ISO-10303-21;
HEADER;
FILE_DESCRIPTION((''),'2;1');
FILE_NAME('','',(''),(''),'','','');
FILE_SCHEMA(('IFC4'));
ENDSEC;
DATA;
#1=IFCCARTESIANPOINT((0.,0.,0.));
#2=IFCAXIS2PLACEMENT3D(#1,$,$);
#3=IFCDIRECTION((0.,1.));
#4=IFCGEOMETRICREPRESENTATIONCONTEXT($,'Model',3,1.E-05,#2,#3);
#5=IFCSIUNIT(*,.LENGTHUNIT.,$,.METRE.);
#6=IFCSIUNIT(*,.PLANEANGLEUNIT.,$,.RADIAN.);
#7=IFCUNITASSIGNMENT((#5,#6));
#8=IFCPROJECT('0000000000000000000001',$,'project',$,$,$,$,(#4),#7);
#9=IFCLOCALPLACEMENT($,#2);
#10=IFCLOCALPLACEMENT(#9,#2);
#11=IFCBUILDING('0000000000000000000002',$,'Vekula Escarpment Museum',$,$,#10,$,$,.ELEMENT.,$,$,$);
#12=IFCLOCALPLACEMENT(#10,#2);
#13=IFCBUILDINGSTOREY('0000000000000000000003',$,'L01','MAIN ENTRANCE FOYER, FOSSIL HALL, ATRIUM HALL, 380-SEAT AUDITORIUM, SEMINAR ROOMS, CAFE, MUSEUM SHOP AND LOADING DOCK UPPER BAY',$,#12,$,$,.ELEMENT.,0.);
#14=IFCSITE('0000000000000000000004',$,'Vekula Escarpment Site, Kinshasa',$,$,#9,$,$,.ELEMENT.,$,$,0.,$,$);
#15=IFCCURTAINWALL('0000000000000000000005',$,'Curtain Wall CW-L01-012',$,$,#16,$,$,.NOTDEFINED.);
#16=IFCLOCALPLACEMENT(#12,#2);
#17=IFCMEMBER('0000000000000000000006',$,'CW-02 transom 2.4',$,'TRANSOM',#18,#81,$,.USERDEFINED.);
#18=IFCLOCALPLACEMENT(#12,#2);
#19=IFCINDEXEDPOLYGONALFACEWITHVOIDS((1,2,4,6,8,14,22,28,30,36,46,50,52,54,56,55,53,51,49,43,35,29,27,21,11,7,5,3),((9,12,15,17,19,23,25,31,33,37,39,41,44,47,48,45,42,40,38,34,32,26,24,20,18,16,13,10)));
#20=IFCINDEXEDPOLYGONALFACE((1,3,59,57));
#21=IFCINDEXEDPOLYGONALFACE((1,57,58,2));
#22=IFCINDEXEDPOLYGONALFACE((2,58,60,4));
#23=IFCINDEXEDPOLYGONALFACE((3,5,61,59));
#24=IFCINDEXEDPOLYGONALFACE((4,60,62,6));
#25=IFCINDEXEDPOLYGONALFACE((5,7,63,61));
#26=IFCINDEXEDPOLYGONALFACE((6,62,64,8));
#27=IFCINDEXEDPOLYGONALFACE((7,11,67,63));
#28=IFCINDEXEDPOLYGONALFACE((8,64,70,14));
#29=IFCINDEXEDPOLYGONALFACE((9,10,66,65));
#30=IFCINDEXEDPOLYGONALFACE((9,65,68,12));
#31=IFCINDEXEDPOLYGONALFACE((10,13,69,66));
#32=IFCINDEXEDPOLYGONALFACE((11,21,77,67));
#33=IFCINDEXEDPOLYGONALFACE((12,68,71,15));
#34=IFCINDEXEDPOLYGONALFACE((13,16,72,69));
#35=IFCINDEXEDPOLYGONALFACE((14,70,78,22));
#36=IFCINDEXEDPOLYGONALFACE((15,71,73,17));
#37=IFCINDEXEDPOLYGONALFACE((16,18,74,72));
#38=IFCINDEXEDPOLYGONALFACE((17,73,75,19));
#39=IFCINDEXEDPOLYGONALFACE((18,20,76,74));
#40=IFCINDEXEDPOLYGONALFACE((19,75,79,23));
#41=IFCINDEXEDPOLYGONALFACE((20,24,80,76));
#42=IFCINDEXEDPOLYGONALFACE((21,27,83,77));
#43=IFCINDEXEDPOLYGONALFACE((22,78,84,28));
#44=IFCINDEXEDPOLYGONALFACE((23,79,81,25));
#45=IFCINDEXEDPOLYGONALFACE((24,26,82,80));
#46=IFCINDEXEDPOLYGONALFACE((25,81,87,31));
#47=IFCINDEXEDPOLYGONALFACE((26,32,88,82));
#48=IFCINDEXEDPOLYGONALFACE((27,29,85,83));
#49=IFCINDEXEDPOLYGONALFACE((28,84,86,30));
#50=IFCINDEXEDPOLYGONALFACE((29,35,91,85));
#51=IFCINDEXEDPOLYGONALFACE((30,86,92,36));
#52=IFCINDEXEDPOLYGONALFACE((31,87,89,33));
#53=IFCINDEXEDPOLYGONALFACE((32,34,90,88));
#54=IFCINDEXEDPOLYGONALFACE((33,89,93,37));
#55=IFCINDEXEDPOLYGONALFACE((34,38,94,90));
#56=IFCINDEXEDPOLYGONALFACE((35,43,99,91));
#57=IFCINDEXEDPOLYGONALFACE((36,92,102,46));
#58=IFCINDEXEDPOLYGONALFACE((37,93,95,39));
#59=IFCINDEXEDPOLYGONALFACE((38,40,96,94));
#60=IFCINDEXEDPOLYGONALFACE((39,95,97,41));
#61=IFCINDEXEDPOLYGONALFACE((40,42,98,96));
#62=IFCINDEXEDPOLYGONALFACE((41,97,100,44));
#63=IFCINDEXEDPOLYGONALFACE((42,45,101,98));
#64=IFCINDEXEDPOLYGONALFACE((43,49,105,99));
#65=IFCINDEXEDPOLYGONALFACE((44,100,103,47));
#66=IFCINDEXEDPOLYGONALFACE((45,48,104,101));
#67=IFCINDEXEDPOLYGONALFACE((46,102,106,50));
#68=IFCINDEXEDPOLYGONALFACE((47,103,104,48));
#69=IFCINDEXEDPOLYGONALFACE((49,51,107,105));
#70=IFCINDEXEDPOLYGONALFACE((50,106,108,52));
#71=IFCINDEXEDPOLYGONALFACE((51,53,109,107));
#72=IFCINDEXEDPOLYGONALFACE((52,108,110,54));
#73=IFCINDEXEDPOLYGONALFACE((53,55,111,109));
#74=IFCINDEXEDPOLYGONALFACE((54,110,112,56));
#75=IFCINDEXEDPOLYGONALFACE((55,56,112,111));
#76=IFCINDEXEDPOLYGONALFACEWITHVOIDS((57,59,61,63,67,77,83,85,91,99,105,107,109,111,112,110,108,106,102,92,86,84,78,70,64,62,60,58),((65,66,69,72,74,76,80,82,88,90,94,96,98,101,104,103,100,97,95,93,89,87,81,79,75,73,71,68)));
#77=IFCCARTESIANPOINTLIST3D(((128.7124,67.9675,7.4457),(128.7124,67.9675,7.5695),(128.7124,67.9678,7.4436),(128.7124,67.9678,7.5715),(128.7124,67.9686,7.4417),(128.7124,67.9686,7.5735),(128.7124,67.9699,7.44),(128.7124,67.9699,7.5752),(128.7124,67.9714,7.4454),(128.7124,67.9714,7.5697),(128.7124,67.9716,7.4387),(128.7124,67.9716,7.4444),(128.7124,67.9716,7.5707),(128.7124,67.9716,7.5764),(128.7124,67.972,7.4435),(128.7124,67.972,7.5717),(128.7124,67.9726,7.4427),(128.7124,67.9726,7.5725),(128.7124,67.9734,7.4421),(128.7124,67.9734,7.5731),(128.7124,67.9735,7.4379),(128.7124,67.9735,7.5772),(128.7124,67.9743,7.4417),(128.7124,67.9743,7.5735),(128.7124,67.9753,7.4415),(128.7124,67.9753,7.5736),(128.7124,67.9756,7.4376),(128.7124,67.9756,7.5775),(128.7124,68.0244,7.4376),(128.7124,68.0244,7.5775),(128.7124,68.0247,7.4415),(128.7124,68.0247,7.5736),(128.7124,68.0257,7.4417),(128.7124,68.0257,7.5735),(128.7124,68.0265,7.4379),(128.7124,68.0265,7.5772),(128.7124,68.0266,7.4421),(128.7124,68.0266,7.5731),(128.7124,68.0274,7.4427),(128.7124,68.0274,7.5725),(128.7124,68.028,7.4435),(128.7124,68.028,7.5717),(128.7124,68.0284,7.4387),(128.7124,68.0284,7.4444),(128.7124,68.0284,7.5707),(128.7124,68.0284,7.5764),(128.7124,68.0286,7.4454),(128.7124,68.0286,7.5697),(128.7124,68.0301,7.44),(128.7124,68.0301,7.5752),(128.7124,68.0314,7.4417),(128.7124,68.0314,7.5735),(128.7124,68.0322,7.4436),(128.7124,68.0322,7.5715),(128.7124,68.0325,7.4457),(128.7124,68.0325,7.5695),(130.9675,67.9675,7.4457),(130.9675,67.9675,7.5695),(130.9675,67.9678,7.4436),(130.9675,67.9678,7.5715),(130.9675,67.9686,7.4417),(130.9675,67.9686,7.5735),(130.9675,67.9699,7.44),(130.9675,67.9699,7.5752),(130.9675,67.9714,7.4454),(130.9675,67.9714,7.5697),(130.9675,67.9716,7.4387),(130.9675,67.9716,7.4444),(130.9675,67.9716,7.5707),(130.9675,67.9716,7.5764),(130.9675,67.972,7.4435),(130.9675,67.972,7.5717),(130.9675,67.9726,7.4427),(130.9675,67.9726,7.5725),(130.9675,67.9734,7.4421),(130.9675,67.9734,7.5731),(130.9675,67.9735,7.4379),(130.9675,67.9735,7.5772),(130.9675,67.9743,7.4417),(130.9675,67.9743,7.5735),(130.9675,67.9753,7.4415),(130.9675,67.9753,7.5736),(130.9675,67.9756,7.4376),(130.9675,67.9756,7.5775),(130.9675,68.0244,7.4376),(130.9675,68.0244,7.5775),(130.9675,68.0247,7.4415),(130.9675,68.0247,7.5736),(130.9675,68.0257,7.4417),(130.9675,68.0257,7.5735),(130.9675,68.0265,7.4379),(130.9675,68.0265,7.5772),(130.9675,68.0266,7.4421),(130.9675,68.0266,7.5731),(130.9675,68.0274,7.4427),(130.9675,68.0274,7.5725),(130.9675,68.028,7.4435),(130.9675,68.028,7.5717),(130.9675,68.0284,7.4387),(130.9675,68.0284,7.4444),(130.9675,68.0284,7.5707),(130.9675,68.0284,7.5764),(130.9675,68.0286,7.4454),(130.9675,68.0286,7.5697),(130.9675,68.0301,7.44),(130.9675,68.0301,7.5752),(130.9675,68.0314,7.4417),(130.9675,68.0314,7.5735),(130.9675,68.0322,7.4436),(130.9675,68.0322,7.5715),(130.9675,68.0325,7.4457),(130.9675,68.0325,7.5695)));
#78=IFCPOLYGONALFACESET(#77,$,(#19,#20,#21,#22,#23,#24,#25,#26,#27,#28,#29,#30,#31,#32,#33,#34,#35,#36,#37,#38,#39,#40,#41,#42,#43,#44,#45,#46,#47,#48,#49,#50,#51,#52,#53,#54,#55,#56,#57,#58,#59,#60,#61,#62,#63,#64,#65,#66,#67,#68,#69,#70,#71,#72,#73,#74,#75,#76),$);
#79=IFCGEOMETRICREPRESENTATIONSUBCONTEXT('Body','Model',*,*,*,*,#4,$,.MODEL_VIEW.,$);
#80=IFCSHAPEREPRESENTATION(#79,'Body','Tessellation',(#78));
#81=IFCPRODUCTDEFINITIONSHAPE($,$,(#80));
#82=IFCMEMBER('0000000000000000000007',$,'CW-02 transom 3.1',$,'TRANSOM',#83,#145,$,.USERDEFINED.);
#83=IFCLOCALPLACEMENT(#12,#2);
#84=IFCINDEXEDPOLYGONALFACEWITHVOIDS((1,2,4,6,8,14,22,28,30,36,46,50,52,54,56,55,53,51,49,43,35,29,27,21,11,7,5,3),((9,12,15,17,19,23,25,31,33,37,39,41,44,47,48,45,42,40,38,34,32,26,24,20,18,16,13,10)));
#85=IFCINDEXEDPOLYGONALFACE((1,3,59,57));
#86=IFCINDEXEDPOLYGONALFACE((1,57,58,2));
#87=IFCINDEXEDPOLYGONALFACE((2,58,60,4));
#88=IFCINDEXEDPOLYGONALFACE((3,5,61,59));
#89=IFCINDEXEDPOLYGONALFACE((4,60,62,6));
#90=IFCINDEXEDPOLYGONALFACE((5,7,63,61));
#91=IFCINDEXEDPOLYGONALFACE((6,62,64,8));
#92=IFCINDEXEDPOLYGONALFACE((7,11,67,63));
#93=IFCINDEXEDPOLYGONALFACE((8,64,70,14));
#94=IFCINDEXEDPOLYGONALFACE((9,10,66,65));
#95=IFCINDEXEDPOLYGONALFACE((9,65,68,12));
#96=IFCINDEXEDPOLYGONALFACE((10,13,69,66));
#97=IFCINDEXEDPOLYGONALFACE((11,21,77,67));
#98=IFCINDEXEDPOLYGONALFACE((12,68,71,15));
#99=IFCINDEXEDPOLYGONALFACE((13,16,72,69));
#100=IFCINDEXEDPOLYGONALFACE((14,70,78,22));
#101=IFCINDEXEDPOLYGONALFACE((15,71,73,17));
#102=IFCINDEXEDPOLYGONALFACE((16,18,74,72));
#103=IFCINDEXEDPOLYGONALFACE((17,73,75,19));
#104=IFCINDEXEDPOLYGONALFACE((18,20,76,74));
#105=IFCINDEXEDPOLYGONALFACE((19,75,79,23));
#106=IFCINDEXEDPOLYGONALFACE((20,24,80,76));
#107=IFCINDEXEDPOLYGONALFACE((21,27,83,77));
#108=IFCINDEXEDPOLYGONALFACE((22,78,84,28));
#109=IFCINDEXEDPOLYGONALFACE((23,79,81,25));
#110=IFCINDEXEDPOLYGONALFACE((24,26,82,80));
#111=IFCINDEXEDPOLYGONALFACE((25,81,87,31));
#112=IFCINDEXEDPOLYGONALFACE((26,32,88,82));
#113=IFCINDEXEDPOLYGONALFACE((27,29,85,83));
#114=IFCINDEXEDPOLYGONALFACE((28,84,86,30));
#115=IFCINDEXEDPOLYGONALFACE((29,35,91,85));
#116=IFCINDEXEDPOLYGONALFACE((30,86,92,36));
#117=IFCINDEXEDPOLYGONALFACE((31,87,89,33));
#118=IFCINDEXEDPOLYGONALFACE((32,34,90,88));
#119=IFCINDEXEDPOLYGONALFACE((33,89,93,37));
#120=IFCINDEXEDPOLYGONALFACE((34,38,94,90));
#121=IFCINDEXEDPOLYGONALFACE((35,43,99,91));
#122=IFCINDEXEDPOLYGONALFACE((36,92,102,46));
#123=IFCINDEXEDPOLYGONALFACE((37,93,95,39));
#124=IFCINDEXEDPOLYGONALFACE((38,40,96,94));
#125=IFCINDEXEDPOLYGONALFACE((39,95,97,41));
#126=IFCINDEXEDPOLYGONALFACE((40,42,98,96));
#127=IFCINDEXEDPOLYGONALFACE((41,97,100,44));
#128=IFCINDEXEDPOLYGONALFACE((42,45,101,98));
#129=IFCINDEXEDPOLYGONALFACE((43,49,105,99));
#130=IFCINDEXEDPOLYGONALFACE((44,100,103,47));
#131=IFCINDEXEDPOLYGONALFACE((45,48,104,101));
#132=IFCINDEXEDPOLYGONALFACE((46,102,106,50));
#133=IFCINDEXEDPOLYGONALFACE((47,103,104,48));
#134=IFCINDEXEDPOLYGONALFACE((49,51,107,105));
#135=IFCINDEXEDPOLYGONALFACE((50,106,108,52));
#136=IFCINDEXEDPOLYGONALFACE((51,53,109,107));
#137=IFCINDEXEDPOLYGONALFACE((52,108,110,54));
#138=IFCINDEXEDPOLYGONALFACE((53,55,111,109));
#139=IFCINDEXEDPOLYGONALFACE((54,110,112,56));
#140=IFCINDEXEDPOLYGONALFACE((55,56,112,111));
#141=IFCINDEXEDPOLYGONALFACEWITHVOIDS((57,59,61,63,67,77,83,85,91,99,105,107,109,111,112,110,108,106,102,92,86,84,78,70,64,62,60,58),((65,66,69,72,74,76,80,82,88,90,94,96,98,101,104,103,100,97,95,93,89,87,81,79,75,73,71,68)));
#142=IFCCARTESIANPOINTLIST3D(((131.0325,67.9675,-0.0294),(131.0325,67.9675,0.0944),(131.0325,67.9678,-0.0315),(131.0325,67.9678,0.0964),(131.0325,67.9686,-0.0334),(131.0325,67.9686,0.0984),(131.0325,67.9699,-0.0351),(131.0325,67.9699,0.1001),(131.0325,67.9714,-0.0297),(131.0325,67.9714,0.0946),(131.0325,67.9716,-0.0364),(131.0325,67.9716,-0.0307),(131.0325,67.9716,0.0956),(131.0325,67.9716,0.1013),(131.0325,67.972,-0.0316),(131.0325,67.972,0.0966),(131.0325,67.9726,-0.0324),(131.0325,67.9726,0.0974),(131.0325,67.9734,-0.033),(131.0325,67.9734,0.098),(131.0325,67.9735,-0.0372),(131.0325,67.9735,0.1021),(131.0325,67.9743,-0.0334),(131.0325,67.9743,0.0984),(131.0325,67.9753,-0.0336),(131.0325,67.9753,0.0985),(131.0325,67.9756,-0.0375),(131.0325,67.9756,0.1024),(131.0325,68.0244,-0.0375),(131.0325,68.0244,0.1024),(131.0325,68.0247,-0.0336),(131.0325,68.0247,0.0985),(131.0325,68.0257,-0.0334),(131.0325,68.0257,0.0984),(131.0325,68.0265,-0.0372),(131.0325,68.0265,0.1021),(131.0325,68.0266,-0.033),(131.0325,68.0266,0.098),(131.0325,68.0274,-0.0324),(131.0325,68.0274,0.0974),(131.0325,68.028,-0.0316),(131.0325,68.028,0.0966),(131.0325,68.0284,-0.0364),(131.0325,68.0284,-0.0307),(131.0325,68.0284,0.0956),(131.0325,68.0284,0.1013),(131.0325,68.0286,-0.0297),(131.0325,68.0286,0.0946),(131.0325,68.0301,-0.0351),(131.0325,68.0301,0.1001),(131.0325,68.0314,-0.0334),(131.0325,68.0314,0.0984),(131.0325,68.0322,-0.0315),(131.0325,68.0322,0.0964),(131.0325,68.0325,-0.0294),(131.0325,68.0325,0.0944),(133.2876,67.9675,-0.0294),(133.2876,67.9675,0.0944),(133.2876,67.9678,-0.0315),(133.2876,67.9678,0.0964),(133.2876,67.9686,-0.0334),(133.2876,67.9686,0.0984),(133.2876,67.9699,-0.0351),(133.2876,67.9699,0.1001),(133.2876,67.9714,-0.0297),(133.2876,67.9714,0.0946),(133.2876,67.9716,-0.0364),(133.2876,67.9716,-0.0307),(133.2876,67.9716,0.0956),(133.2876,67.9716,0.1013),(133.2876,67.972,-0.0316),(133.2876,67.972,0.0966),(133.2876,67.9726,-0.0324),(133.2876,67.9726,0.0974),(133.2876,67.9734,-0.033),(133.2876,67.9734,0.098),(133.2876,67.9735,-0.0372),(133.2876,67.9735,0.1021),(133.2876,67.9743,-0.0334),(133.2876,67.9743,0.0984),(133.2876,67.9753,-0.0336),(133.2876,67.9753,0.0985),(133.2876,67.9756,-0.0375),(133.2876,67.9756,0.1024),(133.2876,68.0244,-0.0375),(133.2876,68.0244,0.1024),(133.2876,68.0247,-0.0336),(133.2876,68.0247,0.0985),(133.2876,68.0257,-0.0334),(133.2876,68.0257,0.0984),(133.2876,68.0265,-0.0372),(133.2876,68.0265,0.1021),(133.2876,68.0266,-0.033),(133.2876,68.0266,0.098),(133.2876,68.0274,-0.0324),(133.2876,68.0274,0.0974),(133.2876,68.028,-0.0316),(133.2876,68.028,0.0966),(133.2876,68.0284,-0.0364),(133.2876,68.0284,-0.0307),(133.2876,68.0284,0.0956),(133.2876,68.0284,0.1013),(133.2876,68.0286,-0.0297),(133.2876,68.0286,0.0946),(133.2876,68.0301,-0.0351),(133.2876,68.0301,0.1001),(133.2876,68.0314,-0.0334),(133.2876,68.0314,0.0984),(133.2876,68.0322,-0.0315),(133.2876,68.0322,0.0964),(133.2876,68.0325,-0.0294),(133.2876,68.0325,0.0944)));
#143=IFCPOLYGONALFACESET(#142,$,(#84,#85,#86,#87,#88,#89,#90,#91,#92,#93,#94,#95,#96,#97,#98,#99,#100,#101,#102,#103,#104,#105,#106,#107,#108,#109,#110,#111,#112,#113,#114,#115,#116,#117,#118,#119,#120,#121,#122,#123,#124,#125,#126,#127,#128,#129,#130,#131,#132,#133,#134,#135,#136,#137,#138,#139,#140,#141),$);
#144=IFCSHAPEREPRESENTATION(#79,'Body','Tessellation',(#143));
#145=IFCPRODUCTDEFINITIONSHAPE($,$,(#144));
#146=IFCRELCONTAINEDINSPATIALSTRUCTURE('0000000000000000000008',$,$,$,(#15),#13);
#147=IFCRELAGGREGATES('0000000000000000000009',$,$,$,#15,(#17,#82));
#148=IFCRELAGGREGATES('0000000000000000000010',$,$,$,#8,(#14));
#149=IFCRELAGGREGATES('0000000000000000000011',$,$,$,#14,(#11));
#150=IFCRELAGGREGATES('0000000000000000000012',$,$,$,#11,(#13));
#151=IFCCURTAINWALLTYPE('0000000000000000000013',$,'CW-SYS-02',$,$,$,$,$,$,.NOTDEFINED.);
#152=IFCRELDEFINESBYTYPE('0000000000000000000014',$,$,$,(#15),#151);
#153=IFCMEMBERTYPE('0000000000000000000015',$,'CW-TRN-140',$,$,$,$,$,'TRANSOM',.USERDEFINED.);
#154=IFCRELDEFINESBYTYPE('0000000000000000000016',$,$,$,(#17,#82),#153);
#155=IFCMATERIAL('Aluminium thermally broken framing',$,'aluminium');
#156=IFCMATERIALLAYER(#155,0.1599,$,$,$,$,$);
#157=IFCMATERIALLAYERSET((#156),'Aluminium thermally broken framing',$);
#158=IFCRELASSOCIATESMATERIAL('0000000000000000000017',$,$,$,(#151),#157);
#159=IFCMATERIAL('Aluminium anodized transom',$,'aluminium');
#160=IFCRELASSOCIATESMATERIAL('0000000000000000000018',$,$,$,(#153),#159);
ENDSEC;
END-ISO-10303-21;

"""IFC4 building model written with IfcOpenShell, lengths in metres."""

from ifc_helpers import new_model, si_unit, direction, frame, origin, origin_2d, place, context, subcontext, project, spatial, hollow_rectangle, extrude, material, layer, layer_set, material_profile, profile_set, type_object, element, aggregate, save


model = new_model("IFC4")

# Units and contexts
model_context = context("Model", 3, precision=1e-05, world=origin(), true_north=direction((0.0, 1.0)))
body_context = subcontext(model_context, "Body", "Model", "MODEL_VIEW")
ifc_project = project(units=[si_unit("LENGTHUNIT", "METRE"), si_unit("PLANEANGLEUNIT", "RADIAN")], contexts=[model_context])

# Site, building, storey
site_placement = place(None, origin())
site = spatial("IfcSite", under=ifc_project, at=site_placement, Name="Vekula Escarpment Site, Kinshasa", CompositionType="ELEMENT", RefElevation=0.0)
building_placement = place(site_placement, origin())
building = spatial("IfcBuilding", under=site, at=building_placement, Name="Vekula Escarpment Museum", CompositionType="ELEMENT")
storey_placement = place(building_placement, origin())
storey = spatial("IfcBuildingStorey", under=building, at=storey_placement, Name="L01", Description="MAIN ENTRANCE FOYER, FOSSIL HALL, ATRIUM HALL, 380-SEAT AUDITORIUM, SEMINAR ROOMS, CAFE, MUSEUM SHOP AND LOADING DOCK UPPER BAY", CompositionType="ELEMENT", Elevation=0.0)

# Curtain wall, members
ifc_material_1 = material(Name="Aluminium thermally broken framing", Category="aluminium")
ifc_layer_1 = layer(ifc_material_1, 0.1599)
ifc_layer_set_1 = layer_set([ifc_layer_1], Name="Aluminium thermally broken framing")
curtain_wall_type = type_object("IfcCurtainWallType", Name="CW-SYS-02", PredefinedType="NOTDEFINED", material=ifc_layer_set_1)
curtain_wall_placement = place(storey_placement, origin())
curtain_wall = element("IfcCurtainWall", 1, at=curtain_wall_placement, inside=storey, type_object=curtain_wall_type, Name="Curtain Wall CW-L01-012", PredefinedType="NOTDEFINED")
ifc_material_2 = material(Name="Aluminium anodized transom", Category="aluminium")
ifc_material_profile_1 = material_profile(ifc_material_2, hollow_rectangle(XDim=0.0649, YDim=0.1399, WallThickness=0.0039, InnerFilletRadius=0.0039, OuterFilletRadius=0.0081, at=origin_2d()), Name="ALU 140x65x4")
ifc_profile_set_1 = profile_set([ifc_material_profile_1], Name="Aluminium anodized transom")
member_type_1 = type_object("IfcMemberType", Name="CW-TRN-140", ElementType="TRANSOM", PredefinedType="USERDEFINED", material=ifc_profile_set_1)
member_1_placement = place(storey_placement, frame((128.7124, 68.0, 7.5076), z_axis=(1.0, 0.0, 0.0), x_axis=(0.0, 1.0, 0.0)))
member_1 = element("IfcMember", 2, at=member_1_placement, type_object=member_type_1, Name="CW-02 transom 2.4", ObjectType="TRANSOM", PredefinedType="USERDEFINED", context=body_context, shape_type="SweptSolid", body=[
    extrude(hollow_rectangle(XDim=0.0649, YDim=0.1399, WallThickness=0.0039, InnerFilletRadius=0.0039, OuterFilletRadius=0.0081, at=origin_2d()), origin(), (0.0, 0.0, 1.0), 2.2551),
])
member_2_placement = place(storey_placement, frame((131.0325, 68.0, 0.0325), z_axis=(1.0, 0.0, 0.0), x_axis=(0.0, 1.0, 0.0)))
member_2 = element("IfcMember", 3, at=member_2_placement, type_object=member_type_1, Name="CW-02 transom 3.1", ObjectType="TRANSOM", PredefinedType="USERDEFINED", context=body_context, shape_type="SweptSolid", body=[
    extrude(hollow_rectangle(XDim=0.0649, YDim=0.1399, WallThickness=0.0039, InnerFilletRadius=0.0039, OuterFilletRadius=0.0081, at=origin_2d()), origin(), (0.0, 0.0, 1.0), 2.2551),
])

aggregate(curtain_wall, [member_1, member_2])

save(model, "model.ifc")
